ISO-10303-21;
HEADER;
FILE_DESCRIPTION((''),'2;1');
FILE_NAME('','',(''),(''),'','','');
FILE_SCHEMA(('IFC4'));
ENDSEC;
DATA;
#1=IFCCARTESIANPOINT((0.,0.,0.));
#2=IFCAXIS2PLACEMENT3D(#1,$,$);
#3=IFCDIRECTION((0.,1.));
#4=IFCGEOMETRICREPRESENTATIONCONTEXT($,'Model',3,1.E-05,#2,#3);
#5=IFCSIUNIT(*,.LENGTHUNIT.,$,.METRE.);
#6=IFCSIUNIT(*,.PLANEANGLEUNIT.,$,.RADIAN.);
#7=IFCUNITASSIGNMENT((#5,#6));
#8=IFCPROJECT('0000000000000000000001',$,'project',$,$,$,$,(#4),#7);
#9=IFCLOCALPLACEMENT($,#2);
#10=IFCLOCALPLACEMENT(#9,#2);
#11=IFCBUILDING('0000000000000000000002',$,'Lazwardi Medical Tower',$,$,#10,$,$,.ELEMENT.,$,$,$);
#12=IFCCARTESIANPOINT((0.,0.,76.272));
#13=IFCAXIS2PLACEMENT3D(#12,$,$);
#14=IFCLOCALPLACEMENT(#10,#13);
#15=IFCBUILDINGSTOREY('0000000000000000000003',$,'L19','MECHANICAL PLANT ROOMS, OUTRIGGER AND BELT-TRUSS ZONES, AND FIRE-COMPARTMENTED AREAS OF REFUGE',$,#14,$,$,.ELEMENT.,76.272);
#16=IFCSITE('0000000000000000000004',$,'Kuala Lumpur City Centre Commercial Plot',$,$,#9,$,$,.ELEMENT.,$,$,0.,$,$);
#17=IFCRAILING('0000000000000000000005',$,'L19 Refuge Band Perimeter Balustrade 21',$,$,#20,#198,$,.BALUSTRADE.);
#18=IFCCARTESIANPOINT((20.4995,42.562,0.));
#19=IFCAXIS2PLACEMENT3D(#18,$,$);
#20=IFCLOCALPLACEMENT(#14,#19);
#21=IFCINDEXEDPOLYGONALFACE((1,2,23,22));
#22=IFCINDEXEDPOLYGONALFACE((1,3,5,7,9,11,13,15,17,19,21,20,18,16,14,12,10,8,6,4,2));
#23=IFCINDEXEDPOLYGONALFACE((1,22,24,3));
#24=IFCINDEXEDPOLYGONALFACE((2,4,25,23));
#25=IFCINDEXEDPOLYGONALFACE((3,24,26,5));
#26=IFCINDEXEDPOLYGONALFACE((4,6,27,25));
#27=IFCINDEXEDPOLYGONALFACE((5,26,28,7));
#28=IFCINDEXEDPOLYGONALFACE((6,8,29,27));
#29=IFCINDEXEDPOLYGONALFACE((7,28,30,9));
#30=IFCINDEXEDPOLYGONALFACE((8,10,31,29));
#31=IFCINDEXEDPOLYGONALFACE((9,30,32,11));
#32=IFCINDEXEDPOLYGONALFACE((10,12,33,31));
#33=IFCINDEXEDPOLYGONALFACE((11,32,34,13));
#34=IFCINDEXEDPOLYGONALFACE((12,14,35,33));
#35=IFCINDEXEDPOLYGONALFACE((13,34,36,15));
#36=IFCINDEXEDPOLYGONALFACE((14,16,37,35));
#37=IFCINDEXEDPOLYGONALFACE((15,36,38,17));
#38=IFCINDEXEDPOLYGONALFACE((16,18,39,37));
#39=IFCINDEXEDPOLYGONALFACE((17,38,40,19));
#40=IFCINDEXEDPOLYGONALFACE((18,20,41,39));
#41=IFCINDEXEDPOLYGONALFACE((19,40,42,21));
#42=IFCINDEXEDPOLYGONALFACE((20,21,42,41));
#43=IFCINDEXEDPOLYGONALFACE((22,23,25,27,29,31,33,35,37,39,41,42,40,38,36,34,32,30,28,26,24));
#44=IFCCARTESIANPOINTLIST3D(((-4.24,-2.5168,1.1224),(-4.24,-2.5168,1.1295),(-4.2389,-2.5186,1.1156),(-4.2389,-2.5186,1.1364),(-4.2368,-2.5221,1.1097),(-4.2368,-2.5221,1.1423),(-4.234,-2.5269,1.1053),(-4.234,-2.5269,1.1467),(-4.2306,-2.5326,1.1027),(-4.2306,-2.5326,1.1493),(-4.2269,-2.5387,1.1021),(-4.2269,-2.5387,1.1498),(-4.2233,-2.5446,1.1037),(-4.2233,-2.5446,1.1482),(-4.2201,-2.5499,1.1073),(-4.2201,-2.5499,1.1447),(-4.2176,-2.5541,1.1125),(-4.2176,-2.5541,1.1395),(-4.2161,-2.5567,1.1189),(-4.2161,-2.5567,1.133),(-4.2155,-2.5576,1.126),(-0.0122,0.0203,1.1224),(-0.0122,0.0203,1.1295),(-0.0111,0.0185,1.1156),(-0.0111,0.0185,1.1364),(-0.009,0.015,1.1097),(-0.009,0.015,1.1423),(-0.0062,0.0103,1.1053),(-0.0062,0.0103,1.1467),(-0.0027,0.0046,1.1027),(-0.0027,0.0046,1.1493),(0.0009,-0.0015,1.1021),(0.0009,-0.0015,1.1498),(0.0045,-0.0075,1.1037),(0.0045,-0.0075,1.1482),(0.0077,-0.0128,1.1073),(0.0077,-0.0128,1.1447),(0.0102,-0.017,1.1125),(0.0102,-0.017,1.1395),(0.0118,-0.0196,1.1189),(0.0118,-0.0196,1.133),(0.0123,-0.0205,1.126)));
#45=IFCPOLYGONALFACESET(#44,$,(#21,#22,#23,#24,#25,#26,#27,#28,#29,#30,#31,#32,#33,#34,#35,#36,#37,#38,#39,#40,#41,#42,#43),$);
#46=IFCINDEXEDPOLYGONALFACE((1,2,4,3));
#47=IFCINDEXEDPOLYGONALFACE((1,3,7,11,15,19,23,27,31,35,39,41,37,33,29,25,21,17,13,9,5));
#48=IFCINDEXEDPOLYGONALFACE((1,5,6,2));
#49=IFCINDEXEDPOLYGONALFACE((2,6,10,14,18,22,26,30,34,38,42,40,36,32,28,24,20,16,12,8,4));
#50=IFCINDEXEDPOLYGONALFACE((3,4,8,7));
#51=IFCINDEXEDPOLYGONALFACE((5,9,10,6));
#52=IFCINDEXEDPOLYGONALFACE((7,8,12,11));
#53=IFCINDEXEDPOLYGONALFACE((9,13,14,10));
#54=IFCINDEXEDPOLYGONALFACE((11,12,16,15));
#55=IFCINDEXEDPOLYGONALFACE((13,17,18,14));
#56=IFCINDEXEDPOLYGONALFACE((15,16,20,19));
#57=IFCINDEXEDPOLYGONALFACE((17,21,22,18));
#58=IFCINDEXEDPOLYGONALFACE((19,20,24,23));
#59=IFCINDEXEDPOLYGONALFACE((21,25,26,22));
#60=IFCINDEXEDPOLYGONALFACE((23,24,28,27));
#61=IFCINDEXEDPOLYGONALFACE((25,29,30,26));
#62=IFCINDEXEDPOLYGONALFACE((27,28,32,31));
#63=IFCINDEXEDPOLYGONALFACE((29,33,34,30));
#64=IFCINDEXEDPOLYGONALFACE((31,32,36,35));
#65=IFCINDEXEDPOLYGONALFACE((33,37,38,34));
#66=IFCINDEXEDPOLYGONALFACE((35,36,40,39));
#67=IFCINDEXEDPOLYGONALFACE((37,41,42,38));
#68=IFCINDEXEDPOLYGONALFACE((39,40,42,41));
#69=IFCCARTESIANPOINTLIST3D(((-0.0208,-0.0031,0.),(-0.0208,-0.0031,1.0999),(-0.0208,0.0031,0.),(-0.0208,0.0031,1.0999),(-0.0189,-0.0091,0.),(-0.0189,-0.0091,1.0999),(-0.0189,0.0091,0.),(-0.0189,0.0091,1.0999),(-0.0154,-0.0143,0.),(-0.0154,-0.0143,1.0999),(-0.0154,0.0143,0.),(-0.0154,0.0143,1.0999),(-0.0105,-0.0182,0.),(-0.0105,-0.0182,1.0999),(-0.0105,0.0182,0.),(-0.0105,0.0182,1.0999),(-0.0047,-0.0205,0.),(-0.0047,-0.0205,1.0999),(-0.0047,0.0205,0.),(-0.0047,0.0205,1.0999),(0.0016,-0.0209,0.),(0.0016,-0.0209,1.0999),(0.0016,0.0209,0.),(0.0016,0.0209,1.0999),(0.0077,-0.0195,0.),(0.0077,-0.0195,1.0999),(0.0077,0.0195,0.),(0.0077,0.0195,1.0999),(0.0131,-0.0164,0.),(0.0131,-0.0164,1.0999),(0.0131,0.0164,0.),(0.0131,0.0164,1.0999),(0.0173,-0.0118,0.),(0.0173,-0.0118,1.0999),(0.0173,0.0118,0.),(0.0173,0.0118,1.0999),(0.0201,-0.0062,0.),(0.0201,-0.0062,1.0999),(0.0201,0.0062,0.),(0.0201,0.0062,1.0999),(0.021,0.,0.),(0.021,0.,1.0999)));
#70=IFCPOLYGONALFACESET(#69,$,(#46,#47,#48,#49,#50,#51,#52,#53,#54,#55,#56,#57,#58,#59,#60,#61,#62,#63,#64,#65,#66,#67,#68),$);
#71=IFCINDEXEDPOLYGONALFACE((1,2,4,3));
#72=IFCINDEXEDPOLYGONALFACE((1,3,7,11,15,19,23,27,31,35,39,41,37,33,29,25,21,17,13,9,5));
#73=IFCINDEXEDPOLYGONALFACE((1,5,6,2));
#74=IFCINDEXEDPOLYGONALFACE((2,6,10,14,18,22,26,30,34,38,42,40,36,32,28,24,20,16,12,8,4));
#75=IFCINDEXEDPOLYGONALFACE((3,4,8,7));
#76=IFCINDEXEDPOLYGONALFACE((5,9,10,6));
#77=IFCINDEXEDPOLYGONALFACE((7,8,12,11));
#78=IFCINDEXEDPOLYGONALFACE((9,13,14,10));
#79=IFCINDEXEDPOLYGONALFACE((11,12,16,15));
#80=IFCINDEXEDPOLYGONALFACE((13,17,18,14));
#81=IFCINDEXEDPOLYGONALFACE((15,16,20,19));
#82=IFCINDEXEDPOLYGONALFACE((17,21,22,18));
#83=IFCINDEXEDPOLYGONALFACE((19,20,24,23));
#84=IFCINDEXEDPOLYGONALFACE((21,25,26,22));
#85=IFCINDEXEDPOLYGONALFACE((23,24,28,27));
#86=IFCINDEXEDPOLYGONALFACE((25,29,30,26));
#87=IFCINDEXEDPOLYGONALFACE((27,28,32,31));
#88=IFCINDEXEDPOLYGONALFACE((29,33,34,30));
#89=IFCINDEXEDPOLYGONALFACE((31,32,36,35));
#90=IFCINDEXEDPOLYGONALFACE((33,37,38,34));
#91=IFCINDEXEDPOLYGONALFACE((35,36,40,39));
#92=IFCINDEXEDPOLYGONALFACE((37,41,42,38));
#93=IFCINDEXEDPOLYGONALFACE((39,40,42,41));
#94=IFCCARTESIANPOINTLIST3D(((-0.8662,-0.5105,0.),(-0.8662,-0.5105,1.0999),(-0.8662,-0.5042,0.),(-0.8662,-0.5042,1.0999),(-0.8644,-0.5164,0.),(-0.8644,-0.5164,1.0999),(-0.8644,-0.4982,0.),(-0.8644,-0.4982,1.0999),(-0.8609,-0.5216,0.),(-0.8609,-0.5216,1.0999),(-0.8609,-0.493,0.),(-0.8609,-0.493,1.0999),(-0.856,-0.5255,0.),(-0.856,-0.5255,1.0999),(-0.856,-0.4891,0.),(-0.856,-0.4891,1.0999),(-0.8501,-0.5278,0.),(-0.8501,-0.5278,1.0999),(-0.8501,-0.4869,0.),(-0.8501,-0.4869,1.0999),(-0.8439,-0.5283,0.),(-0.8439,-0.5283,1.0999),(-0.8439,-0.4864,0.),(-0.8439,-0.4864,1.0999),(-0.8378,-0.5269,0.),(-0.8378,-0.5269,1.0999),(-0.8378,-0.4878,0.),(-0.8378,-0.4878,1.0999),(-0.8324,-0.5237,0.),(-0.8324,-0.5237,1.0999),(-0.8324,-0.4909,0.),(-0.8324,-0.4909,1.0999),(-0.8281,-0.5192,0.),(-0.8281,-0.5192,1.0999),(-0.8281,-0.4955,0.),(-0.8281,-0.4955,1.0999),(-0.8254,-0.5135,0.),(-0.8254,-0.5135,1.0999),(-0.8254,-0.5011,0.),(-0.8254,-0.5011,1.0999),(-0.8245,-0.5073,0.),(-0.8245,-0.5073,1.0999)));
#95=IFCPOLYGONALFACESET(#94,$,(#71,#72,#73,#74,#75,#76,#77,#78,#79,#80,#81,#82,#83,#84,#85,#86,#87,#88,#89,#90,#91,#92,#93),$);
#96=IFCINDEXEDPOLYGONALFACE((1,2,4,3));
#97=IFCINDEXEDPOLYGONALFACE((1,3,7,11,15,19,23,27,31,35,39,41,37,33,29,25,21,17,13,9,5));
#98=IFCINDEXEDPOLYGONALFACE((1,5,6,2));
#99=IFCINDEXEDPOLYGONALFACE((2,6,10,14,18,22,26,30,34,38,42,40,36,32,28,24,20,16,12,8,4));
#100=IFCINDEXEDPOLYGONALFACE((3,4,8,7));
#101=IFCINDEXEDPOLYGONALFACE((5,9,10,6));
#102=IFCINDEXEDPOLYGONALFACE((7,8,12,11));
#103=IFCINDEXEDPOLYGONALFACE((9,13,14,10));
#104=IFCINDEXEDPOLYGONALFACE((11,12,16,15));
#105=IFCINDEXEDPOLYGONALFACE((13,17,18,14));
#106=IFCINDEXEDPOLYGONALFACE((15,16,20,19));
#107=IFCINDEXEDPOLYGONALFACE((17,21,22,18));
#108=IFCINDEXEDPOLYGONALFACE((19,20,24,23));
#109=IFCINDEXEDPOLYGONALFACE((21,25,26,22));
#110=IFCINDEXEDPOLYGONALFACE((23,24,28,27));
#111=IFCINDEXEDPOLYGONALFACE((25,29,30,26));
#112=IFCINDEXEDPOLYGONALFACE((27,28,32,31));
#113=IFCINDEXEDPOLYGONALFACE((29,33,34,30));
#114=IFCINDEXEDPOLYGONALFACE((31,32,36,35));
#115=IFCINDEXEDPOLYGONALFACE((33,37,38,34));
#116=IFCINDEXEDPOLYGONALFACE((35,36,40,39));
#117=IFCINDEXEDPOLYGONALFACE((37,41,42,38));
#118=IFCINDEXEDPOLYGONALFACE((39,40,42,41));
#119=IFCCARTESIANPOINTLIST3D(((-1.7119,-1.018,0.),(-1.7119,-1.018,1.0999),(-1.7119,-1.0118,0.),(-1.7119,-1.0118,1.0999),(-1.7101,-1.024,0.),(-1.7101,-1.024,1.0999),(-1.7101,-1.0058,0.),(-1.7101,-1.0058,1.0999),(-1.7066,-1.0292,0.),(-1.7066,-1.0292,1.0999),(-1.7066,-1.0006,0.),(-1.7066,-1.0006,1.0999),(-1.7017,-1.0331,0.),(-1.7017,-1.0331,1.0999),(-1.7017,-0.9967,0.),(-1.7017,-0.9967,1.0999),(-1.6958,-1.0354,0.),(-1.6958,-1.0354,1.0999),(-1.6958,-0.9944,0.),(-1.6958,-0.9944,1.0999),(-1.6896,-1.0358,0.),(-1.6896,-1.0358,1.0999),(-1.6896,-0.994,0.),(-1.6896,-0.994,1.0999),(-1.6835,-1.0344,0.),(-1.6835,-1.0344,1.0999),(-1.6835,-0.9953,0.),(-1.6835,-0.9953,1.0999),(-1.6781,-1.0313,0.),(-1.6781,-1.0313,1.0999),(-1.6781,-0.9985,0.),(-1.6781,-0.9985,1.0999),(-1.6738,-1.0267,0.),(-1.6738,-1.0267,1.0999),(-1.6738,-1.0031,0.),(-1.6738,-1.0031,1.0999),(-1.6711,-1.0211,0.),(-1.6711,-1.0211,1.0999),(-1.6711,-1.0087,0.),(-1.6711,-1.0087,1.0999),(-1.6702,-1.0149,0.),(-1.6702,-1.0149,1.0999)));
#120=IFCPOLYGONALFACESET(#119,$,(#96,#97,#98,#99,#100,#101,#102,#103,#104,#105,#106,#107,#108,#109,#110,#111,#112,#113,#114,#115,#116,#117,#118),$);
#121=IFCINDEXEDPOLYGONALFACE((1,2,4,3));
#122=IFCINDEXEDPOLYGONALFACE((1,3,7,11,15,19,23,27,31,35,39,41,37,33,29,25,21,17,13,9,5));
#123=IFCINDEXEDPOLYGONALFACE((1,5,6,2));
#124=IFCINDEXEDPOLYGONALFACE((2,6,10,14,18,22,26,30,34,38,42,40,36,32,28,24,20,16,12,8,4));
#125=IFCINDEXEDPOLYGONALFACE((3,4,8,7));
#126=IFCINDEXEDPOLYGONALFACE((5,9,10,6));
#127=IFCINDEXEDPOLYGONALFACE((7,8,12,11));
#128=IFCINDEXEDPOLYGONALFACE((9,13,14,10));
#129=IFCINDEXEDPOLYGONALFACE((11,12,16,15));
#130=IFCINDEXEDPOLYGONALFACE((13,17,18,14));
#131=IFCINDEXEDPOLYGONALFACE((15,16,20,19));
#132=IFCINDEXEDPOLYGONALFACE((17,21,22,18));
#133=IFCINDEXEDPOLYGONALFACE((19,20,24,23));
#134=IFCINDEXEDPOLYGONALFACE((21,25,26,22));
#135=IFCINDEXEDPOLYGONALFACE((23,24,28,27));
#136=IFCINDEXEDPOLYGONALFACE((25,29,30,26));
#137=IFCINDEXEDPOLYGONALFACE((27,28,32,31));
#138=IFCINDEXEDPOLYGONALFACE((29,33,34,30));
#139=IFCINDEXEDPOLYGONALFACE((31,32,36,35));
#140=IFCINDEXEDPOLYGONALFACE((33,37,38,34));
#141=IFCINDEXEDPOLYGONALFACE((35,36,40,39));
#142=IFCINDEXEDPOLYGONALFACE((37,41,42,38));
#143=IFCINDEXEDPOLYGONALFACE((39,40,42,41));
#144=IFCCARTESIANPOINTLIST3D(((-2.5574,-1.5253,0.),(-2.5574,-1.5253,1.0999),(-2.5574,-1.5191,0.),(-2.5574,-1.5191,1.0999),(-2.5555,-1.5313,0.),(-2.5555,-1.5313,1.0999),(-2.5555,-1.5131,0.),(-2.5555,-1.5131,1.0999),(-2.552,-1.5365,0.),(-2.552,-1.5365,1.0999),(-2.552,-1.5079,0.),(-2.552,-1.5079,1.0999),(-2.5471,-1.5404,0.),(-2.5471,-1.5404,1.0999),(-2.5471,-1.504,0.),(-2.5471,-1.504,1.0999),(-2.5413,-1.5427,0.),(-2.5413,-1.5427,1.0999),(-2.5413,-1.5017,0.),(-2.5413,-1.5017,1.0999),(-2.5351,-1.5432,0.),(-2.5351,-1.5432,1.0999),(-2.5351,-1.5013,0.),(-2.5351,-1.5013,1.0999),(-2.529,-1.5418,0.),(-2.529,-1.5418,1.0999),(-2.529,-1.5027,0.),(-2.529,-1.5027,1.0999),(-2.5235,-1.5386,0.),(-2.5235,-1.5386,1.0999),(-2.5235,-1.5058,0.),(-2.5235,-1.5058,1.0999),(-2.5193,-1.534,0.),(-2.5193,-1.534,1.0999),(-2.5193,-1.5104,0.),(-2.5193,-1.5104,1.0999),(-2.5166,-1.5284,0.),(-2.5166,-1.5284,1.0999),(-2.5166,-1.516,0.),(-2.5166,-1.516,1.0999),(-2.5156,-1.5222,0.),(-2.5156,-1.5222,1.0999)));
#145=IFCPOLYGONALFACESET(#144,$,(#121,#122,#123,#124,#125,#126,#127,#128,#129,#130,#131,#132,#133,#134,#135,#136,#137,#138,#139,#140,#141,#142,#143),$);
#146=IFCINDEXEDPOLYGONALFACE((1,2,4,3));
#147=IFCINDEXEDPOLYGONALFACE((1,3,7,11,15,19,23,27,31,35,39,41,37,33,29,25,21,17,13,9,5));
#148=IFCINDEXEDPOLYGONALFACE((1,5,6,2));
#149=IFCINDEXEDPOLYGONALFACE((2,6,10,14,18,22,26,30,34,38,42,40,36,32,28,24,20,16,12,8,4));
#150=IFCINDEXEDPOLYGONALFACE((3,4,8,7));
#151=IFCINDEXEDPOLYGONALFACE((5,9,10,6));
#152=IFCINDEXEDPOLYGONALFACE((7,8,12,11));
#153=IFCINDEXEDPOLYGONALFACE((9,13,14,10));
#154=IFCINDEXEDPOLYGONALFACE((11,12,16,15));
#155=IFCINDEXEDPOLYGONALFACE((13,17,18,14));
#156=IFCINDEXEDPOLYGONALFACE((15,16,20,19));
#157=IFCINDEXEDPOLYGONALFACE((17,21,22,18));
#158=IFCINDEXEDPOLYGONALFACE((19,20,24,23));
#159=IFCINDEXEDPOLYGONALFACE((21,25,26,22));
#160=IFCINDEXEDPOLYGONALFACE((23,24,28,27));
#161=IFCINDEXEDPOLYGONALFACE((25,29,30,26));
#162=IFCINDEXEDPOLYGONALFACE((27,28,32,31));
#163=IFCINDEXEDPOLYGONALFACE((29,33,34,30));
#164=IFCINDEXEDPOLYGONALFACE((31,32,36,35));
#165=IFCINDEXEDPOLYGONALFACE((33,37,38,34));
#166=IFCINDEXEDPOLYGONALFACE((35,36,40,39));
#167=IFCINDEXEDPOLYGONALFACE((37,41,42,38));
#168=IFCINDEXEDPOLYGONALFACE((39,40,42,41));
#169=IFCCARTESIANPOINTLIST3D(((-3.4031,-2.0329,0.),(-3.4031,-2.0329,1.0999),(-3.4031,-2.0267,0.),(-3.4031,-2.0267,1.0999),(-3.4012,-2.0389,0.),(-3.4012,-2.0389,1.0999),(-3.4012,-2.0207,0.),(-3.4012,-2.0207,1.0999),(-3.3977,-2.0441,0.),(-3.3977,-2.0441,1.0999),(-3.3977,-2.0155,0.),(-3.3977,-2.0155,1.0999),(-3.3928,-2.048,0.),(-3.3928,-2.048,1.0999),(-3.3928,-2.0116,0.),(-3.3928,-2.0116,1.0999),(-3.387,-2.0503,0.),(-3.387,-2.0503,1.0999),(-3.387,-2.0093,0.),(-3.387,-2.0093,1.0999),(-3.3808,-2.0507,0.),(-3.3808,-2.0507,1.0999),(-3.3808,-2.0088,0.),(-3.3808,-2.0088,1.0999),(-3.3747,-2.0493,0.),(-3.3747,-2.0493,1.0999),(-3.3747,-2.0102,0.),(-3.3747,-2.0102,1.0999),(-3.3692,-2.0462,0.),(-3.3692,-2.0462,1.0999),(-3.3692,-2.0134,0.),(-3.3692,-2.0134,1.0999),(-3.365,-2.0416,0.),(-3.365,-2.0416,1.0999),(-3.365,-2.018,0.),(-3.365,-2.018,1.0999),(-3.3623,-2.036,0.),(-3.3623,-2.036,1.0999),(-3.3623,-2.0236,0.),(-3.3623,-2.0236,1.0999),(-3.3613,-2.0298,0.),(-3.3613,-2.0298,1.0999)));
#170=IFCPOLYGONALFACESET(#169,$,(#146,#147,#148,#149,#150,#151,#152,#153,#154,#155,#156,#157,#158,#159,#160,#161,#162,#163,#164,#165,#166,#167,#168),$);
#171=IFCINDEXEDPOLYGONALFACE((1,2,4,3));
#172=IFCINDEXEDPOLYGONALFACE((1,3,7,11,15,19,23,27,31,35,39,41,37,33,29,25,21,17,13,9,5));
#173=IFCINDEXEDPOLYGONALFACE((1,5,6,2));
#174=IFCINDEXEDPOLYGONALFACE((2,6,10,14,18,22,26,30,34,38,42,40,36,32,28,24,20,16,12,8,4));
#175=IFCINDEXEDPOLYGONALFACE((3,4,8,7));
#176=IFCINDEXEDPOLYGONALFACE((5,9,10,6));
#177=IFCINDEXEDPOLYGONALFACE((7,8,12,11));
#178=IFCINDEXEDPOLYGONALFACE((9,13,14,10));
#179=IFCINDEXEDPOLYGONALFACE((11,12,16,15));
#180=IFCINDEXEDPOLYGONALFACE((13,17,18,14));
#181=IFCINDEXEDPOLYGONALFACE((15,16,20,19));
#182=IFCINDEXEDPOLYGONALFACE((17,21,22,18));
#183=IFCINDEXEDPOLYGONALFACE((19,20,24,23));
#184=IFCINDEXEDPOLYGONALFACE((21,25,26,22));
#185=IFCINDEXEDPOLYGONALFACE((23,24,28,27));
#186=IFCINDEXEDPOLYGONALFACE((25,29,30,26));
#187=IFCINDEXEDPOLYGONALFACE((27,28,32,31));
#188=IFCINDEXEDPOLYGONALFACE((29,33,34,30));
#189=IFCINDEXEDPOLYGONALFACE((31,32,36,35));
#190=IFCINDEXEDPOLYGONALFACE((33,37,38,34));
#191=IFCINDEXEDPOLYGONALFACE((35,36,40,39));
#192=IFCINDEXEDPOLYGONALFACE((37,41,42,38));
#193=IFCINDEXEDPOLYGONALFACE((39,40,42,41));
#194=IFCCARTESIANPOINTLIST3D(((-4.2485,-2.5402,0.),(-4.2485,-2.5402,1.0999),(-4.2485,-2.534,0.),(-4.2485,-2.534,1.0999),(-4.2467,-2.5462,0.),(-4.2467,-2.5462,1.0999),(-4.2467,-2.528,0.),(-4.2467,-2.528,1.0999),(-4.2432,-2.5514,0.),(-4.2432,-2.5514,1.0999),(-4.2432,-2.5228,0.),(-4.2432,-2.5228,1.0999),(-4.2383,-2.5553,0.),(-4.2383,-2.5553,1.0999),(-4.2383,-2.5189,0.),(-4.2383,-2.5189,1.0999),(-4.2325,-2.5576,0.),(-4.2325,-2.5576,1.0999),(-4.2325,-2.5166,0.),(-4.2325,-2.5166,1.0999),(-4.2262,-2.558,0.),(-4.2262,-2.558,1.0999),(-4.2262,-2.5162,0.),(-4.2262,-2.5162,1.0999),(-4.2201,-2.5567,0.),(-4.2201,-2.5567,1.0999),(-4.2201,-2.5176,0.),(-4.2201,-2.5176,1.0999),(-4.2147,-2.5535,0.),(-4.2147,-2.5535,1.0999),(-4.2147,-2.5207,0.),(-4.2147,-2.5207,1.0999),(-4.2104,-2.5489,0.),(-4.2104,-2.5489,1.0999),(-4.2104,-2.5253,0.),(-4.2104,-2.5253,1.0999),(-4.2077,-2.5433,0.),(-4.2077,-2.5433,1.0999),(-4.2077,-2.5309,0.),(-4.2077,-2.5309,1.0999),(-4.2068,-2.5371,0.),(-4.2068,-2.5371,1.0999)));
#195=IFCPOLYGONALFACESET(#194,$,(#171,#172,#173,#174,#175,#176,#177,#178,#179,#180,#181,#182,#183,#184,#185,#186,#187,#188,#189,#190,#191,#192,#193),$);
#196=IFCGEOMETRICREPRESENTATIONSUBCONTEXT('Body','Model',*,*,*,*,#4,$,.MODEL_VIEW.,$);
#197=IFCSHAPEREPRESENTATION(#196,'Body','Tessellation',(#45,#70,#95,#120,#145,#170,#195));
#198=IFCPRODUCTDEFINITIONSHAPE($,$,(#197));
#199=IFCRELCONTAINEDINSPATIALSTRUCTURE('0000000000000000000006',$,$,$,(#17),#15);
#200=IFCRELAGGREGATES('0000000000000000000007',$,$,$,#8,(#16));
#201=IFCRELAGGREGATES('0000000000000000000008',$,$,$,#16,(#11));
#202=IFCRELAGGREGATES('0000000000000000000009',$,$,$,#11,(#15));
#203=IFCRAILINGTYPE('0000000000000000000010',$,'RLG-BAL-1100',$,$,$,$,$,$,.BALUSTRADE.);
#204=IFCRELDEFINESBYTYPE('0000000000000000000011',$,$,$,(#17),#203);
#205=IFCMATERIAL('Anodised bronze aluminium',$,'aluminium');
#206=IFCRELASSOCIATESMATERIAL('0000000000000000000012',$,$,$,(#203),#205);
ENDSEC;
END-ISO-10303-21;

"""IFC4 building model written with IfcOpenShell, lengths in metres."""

from ifc_helpers import new_model, si_unit, direction, frame, origin, origin_2d, place, context, subcontext, project, spatial, circle, extrude, material, type_object, element, save


model = new_model("IFC4")

# Units and contexts
model_context = context("Model", 3, precision=1e-05, world=origin(), true_north=direction((0.0, 1.0)))
body_context = subcontext(model_context, "Body", "Model", "MODEL_VIEW")
ifc_project = project(units=[si_unit("LENGTHUNIT", "METRE"), si_unit("PLANEANGLEUNIT", "RADIAN")], contexts=[model_context])

# Site, building, storey
site_placement = place(None, origin())
site = spatial("IfcSite", under=ifc_project, at=site_placement, Name="Kuala Lumpur City Centre Commercial Plot", CompositionType="ELEMENT", RefElevation=0.0)
building_placement = place(site_placement, origin())
building = spatial("IfcBuilding", under=site, at=building_placement, Name="Lazwardi Medical Tower", CompositionType="ELEMENT")
storey_placement = place(building_placement, frame((0.0, 0.0, 76.272)))
storey = spatial("IfcBuildingStorey", under=building, at=storey_placement, Name="L19", Description="MECHANICAL PLANT ROOMS, OUTRIGGER AND BELT-TRUSS ZONES, AND FIRE-COMPARTMENTED AREAS OF REFUGE", CompositionType="ELEMENT", Elevation=76.272)

# Railing
ifc_material_1 = material(Name="Anodised bronze aluminium", Category="aluminium")
railing_type = type_object("IfcRailingType", Name="RLG-BAL-1100", PredefinedType="BALUSTRADE", material=ifc_material_1)
railing_placement = place(storey_placement, frame((20.4995, 42.562, 0.0)))
element("IfcRailing", 1, at=railing_placement, inside=storey, type_object=railing_type, Name="L19 Refuge Band Perimeter Balustrade 21", PredefinedType="BALUSTRADE", context=body_context, shape_type="SweptSolid", body=[
    extrude(circle(Radius=0.0239, at=origin_2d()), frame((0.0, 0.0, 1.126), z_axis=(-0.857454, -0.514561, 0.0), x_axis=(0.514561, -0.857454, 0.0)), (0.0, 0.0, 1.0), 4.9307),
    extrude(circle(Radius=0.021, at=origin_2d()), origin(), (0.0, 0.0, 1.0), 1.0999),
    extrude(circle(Radius=0.021, at=origin_2d()), frame((-0.8455, -0.5073, 0.0)), (0.0, 0.0, 1.0), 1.0999),
    extrude(circle(Radius=0.021, at=origin_2d()), frame((-1.6912, -1.0149, 0.0)), (0.0, 0.0, 1.0), 1.0999),
    extrude(circle(Radius=0.021, at=origin_2d()), frame((-2.5366, -1.5222, 0.0)), (0.0, 0.0, 1.0), 1.0999),
    extrude(circle(Radius=0.021, at=origin_2d()), frame((-3.3823, -2.0298, 0.0)), (0.0, 0.0, 1.0), 1.0999),
    extrude(circle(Radius=0.021, at=origin_2d()), frame((-4.2278, -2.5371, 0.0)), (0.0, 0.0, 1.0), 1.0999),
])

save(model, "model.ifc")
